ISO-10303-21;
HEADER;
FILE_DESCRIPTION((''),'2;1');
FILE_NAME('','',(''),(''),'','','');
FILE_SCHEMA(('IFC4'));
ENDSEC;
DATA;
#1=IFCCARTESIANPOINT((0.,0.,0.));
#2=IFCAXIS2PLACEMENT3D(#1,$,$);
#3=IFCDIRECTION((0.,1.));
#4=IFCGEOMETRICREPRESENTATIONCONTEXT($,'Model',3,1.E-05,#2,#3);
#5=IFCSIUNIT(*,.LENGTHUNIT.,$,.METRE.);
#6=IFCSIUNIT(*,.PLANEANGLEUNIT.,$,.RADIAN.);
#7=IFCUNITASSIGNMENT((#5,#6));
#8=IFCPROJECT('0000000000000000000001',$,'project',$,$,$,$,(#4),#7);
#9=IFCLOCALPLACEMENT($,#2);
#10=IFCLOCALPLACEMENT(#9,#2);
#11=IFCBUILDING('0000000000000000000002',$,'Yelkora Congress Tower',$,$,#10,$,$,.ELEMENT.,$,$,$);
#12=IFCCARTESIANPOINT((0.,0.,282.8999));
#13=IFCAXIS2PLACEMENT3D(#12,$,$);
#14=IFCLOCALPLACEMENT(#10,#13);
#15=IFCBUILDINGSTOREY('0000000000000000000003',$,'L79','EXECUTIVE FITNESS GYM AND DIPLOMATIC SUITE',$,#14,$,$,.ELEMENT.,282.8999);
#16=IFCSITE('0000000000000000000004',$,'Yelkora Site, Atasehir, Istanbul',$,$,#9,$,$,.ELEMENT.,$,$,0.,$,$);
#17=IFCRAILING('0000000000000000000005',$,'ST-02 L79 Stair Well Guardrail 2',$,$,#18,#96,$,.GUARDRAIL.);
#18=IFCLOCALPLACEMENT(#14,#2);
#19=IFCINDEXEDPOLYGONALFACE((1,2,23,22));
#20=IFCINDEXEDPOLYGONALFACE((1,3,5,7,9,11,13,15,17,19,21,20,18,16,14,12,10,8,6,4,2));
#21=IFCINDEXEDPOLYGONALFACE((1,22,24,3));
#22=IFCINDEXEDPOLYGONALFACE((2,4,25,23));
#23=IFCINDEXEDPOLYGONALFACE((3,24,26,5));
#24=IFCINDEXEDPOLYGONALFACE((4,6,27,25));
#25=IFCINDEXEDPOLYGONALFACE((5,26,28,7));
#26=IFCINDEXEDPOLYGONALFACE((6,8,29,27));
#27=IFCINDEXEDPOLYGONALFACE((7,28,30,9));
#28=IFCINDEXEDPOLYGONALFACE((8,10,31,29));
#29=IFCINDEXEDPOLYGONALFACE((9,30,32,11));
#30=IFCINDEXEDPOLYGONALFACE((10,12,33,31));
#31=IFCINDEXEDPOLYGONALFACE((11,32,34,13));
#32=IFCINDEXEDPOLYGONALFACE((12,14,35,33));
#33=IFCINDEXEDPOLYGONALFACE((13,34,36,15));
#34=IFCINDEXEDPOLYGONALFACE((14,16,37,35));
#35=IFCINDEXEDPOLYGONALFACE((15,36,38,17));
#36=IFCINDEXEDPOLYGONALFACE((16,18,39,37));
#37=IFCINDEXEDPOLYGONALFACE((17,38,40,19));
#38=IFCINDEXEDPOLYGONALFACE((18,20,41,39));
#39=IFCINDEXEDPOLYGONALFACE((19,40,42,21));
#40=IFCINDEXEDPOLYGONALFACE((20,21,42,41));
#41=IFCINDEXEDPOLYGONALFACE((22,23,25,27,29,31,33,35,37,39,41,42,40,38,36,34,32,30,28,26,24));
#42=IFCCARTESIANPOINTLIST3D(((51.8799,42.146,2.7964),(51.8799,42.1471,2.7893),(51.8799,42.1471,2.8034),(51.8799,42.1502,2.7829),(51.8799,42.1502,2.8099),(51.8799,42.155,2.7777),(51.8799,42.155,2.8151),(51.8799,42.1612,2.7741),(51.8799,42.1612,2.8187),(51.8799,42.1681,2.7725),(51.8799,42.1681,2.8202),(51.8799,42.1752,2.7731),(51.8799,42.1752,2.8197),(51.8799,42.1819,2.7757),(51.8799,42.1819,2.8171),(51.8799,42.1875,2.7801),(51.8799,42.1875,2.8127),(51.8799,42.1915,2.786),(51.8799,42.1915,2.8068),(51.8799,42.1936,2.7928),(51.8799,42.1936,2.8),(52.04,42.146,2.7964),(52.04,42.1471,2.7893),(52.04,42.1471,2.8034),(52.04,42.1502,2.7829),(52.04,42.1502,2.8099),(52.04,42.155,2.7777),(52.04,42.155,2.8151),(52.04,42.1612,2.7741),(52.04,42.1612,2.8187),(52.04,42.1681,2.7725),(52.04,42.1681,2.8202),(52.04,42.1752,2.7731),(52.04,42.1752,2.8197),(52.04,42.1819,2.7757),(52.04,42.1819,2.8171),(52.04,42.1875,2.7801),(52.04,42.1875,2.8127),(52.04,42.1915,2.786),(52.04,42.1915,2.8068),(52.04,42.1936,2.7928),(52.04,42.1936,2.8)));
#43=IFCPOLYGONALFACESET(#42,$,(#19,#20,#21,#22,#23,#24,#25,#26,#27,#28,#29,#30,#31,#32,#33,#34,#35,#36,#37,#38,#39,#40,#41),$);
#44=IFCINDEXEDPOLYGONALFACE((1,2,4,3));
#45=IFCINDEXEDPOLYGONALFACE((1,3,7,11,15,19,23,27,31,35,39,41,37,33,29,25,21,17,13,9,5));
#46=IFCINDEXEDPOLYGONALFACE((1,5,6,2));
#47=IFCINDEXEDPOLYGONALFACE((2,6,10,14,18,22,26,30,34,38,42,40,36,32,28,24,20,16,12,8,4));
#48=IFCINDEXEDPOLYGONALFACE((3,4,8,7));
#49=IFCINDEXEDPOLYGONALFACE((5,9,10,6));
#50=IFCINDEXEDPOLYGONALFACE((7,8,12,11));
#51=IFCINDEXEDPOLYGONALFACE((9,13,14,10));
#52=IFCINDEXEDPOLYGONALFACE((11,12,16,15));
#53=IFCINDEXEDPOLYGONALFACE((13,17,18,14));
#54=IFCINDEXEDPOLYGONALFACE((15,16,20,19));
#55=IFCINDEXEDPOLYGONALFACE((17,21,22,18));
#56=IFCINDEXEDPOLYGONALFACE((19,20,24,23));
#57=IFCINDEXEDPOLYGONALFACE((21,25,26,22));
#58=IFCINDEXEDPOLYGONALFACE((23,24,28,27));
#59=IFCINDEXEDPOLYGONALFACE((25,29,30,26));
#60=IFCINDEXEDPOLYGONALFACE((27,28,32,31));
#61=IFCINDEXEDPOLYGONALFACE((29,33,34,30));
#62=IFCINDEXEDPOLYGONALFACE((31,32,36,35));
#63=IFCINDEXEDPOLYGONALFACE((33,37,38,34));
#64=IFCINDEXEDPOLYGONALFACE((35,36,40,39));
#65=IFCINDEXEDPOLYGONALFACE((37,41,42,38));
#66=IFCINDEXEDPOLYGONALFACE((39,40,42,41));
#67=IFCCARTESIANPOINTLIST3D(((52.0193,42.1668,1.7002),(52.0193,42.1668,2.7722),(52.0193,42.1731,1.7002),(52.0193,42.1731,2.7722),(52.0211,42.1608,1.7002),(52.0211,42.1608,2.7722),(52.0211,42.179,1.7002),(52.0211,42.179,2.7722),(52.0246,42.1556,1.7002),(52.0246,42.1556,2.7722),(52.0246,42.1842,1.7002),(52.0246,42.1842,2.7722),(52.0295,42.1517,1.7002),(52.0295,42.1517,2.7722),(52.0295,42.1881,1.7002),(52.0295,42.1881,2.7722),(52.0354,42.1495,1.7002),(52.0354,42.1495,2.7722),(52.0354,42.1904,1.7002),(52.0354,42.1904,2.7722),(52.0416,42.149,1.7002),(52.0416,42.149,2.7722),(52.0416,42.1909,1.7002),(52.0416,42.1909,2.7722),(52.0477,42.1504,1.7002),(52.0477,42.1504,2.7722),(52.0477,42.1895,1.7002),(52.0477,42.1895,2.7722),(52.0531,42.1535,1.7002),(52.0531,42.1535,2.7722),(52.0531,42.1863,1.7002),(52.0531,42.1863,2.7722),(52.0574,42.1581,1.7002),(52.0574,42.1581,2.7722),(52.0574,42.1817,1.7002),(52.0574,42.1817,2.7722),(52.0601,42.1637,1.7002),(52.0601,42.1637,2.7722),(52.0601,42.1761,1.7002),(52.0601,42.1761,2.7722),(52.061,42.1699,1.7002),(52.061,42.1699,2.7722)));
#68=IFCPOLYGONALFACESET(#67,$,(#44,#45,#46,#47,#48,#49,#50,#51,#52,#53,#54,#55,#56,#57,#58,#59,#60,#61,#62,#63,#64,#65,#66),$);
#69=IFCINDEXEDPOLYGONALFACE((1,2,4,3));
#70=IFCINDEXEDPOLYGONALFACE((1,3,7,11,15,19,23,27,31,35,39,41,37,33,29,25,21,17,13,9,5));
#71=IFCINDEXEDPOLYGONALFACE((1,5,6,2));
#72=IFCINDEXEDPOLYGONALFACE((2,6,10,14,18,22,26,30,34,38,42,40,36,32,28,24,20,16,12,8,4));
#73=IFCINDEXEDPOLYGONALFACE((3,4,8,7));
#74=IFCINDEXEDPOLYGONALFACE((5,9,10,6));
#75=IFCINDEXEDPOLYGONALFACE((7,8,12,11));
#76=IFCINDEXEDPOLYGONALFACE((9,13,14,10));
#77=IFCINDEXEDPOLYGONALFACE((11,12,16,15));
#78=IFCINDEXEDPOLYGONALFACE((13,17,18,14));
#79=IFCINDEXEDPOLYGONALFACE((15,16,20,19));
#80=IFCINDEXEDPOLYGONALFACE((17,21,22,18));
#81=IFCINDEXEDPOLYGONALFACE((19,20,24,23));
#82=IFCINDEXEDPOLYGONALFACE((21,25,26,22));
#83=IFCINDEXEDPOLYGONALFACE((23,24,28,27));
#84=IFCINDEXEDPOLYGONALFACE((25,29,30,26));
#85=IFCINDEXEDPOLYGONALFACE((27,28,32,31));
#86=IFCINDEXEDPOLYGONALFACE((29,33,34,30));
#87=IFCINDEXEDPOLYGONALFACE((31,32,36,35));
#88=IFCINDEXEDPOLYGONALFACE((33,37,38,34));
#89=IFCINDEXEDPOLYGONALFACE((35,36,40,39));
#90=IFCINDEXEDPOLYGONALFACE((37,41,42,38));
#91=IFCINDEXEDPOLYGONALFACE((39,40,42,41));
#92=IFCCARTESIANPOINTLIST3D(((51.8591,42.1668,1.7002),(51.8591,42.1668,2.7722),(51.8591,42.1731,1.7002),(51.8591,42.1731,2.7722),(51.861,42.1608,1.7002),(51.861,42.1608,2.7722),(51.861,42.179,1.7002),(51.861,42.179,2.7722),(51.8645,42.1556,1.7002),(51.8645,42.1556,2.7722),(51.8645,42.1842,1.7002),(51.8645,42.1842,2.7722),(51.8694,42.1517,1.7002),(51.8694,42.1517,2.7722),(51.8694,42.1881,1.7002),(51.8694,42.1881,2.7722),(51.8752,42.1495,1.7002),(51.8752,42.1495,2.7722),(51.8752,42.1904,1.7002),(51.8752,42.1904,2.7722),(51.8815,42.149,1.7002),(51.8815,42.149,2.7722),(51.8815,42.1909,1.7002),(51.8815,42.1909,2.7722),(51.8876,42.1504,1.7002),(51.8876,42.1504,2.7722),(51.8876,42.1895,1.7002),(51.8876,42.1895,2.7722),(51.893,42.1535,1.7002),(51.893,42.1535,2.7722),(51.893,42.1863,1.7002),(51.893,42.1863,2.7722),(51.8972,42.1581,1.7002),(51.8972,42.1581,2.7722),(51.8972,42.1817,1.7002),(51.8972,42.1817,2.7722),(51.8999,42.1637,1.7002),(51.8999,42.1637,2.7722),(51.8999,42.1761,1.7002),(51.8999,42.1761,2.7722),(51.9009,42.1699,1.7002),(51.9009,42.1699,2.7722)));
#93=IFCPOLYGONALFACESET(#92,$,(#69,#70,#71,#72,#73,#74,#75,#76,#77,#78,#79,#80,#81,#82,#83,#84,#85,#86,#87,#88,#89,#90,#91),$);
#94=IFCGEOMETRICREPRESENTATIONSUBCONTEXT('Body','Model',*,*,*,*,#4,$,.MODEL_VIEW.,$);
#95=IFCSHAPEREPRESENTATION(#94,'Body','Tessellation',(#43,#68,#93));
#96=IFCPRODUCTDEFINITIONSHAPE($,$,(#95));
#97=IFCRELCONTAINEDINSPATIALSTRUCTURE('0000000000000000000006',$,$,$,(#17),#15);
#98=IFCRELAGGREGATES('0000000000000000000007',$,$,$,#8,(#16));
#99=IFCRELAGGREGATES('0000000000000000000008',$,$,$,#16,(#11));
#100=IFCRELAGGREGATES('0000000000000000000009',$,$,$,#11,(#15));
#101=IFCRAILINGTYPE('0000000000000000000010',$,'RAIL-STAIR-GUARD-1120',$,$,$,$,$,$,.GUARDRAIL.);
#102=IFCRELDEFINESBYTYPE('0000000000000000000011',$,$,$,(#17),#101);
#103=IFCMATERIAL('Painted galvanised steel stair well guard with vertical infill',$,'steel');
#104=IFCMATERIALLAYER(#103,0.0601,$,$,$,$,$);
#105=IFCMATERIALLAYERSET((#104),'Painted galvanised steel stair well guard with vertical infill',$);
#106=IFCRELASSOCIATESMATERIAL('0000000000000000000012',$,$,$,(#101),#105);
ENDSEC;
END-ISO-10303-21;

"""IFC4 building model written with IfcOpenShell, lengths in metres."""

from ifc_helpers import new_model, si_unit, direction, frame, origin, origin_2d, place, context, subcontext, project, spatial, circle, extrude, material, layer, layer_set, type_object, element, save


model = new_model("IFC4")

# Units and contexts
model_context = context("Model", 3, precision=1e-05, world=origin(), true_north=direction((0.0, 1.0)))
body_context = subcontext(model_context, "Body", "Model", "MODEL_VIEW")
ifc_project = project(units=[si_unit("LENGTHUNIT", "METRE"), si_unit("PLANEANGLEUNIT", "RADIAN")], contexts=[model_context])

# Site, building, storey
site_placement = place(None, origin())
site = spatial("IfcSite", under=ifc_project, at=site_placement, Name="Yelkora Site, Atasehir, Istanbul", CompositionType="ELEMENT", RefElevation=0.0)
building_placement = place(site_placement, origin())
building = spatial("IfcBuilding", under=site, at=building_placement, Name="Yelkora Congress Tower", CompositionType="ELEMENT")
storey_placement = place(building_placement, frame((0.0, 0.0, 282.8999)))
storey = spatial("IfcBuildingStorey", under=building, at=storey_placement, Name="L79", Description="EXECUTIVE FITNESS GYM AND DIPLOMATIC SUITE", CompositionType="ELEMENT", Elevation=282.8999)

# Railing
ifc_material_1 = material(Name="Painted galvanised steel stair well guard with vertical infill", Category="steel")
ifc_layer_1 = layer(ifc_material_1, 0.0601)
ifc_layer_set_1 = layer_set([ifc_layer_1], Name="Painted galvanised steel stair well guard with vertical infill")
railing_type = type_object("IfcRailingType", Name="RAIL-STAIR-GUARD-1120", PredefinedType="GUARDRAIL", material=ifc_layer_set_1)
railing_1_placement = place(storey_placement, frame((52.04, 42.1699, 1.7002)))
element("IfcRailing", 1, at=railing_1_placement, inside=storey, type_object=railing_type, Name="ST-02 L79 Stair Well Guardrail 2", PredefinedType="GUARDRAIL", context=body_context, shape_type="SweptSolid", body=[
    extrude(circle(Radius=0.0239, at=origin_2d()), frame((0.0, 0.0, 1.0962), z_axis=(-1.0, 0.0, 0.0), x_axis=(0.0, -1.0, 0.0)), (0.0, 0.0, 1.0), 0.1602),
    extrude(circle(Radius=0.021, at=origin_2d()), origin(), (0.0, 0.0, 1.0), 1.072),
    extrude(circle(Radius=0.021, at=origin_2d()), frame((-0.1602, 0.0, 0.0)), (0.0, 0.0, 1.0), 1.072),
])

save(model, "model.ifc")
